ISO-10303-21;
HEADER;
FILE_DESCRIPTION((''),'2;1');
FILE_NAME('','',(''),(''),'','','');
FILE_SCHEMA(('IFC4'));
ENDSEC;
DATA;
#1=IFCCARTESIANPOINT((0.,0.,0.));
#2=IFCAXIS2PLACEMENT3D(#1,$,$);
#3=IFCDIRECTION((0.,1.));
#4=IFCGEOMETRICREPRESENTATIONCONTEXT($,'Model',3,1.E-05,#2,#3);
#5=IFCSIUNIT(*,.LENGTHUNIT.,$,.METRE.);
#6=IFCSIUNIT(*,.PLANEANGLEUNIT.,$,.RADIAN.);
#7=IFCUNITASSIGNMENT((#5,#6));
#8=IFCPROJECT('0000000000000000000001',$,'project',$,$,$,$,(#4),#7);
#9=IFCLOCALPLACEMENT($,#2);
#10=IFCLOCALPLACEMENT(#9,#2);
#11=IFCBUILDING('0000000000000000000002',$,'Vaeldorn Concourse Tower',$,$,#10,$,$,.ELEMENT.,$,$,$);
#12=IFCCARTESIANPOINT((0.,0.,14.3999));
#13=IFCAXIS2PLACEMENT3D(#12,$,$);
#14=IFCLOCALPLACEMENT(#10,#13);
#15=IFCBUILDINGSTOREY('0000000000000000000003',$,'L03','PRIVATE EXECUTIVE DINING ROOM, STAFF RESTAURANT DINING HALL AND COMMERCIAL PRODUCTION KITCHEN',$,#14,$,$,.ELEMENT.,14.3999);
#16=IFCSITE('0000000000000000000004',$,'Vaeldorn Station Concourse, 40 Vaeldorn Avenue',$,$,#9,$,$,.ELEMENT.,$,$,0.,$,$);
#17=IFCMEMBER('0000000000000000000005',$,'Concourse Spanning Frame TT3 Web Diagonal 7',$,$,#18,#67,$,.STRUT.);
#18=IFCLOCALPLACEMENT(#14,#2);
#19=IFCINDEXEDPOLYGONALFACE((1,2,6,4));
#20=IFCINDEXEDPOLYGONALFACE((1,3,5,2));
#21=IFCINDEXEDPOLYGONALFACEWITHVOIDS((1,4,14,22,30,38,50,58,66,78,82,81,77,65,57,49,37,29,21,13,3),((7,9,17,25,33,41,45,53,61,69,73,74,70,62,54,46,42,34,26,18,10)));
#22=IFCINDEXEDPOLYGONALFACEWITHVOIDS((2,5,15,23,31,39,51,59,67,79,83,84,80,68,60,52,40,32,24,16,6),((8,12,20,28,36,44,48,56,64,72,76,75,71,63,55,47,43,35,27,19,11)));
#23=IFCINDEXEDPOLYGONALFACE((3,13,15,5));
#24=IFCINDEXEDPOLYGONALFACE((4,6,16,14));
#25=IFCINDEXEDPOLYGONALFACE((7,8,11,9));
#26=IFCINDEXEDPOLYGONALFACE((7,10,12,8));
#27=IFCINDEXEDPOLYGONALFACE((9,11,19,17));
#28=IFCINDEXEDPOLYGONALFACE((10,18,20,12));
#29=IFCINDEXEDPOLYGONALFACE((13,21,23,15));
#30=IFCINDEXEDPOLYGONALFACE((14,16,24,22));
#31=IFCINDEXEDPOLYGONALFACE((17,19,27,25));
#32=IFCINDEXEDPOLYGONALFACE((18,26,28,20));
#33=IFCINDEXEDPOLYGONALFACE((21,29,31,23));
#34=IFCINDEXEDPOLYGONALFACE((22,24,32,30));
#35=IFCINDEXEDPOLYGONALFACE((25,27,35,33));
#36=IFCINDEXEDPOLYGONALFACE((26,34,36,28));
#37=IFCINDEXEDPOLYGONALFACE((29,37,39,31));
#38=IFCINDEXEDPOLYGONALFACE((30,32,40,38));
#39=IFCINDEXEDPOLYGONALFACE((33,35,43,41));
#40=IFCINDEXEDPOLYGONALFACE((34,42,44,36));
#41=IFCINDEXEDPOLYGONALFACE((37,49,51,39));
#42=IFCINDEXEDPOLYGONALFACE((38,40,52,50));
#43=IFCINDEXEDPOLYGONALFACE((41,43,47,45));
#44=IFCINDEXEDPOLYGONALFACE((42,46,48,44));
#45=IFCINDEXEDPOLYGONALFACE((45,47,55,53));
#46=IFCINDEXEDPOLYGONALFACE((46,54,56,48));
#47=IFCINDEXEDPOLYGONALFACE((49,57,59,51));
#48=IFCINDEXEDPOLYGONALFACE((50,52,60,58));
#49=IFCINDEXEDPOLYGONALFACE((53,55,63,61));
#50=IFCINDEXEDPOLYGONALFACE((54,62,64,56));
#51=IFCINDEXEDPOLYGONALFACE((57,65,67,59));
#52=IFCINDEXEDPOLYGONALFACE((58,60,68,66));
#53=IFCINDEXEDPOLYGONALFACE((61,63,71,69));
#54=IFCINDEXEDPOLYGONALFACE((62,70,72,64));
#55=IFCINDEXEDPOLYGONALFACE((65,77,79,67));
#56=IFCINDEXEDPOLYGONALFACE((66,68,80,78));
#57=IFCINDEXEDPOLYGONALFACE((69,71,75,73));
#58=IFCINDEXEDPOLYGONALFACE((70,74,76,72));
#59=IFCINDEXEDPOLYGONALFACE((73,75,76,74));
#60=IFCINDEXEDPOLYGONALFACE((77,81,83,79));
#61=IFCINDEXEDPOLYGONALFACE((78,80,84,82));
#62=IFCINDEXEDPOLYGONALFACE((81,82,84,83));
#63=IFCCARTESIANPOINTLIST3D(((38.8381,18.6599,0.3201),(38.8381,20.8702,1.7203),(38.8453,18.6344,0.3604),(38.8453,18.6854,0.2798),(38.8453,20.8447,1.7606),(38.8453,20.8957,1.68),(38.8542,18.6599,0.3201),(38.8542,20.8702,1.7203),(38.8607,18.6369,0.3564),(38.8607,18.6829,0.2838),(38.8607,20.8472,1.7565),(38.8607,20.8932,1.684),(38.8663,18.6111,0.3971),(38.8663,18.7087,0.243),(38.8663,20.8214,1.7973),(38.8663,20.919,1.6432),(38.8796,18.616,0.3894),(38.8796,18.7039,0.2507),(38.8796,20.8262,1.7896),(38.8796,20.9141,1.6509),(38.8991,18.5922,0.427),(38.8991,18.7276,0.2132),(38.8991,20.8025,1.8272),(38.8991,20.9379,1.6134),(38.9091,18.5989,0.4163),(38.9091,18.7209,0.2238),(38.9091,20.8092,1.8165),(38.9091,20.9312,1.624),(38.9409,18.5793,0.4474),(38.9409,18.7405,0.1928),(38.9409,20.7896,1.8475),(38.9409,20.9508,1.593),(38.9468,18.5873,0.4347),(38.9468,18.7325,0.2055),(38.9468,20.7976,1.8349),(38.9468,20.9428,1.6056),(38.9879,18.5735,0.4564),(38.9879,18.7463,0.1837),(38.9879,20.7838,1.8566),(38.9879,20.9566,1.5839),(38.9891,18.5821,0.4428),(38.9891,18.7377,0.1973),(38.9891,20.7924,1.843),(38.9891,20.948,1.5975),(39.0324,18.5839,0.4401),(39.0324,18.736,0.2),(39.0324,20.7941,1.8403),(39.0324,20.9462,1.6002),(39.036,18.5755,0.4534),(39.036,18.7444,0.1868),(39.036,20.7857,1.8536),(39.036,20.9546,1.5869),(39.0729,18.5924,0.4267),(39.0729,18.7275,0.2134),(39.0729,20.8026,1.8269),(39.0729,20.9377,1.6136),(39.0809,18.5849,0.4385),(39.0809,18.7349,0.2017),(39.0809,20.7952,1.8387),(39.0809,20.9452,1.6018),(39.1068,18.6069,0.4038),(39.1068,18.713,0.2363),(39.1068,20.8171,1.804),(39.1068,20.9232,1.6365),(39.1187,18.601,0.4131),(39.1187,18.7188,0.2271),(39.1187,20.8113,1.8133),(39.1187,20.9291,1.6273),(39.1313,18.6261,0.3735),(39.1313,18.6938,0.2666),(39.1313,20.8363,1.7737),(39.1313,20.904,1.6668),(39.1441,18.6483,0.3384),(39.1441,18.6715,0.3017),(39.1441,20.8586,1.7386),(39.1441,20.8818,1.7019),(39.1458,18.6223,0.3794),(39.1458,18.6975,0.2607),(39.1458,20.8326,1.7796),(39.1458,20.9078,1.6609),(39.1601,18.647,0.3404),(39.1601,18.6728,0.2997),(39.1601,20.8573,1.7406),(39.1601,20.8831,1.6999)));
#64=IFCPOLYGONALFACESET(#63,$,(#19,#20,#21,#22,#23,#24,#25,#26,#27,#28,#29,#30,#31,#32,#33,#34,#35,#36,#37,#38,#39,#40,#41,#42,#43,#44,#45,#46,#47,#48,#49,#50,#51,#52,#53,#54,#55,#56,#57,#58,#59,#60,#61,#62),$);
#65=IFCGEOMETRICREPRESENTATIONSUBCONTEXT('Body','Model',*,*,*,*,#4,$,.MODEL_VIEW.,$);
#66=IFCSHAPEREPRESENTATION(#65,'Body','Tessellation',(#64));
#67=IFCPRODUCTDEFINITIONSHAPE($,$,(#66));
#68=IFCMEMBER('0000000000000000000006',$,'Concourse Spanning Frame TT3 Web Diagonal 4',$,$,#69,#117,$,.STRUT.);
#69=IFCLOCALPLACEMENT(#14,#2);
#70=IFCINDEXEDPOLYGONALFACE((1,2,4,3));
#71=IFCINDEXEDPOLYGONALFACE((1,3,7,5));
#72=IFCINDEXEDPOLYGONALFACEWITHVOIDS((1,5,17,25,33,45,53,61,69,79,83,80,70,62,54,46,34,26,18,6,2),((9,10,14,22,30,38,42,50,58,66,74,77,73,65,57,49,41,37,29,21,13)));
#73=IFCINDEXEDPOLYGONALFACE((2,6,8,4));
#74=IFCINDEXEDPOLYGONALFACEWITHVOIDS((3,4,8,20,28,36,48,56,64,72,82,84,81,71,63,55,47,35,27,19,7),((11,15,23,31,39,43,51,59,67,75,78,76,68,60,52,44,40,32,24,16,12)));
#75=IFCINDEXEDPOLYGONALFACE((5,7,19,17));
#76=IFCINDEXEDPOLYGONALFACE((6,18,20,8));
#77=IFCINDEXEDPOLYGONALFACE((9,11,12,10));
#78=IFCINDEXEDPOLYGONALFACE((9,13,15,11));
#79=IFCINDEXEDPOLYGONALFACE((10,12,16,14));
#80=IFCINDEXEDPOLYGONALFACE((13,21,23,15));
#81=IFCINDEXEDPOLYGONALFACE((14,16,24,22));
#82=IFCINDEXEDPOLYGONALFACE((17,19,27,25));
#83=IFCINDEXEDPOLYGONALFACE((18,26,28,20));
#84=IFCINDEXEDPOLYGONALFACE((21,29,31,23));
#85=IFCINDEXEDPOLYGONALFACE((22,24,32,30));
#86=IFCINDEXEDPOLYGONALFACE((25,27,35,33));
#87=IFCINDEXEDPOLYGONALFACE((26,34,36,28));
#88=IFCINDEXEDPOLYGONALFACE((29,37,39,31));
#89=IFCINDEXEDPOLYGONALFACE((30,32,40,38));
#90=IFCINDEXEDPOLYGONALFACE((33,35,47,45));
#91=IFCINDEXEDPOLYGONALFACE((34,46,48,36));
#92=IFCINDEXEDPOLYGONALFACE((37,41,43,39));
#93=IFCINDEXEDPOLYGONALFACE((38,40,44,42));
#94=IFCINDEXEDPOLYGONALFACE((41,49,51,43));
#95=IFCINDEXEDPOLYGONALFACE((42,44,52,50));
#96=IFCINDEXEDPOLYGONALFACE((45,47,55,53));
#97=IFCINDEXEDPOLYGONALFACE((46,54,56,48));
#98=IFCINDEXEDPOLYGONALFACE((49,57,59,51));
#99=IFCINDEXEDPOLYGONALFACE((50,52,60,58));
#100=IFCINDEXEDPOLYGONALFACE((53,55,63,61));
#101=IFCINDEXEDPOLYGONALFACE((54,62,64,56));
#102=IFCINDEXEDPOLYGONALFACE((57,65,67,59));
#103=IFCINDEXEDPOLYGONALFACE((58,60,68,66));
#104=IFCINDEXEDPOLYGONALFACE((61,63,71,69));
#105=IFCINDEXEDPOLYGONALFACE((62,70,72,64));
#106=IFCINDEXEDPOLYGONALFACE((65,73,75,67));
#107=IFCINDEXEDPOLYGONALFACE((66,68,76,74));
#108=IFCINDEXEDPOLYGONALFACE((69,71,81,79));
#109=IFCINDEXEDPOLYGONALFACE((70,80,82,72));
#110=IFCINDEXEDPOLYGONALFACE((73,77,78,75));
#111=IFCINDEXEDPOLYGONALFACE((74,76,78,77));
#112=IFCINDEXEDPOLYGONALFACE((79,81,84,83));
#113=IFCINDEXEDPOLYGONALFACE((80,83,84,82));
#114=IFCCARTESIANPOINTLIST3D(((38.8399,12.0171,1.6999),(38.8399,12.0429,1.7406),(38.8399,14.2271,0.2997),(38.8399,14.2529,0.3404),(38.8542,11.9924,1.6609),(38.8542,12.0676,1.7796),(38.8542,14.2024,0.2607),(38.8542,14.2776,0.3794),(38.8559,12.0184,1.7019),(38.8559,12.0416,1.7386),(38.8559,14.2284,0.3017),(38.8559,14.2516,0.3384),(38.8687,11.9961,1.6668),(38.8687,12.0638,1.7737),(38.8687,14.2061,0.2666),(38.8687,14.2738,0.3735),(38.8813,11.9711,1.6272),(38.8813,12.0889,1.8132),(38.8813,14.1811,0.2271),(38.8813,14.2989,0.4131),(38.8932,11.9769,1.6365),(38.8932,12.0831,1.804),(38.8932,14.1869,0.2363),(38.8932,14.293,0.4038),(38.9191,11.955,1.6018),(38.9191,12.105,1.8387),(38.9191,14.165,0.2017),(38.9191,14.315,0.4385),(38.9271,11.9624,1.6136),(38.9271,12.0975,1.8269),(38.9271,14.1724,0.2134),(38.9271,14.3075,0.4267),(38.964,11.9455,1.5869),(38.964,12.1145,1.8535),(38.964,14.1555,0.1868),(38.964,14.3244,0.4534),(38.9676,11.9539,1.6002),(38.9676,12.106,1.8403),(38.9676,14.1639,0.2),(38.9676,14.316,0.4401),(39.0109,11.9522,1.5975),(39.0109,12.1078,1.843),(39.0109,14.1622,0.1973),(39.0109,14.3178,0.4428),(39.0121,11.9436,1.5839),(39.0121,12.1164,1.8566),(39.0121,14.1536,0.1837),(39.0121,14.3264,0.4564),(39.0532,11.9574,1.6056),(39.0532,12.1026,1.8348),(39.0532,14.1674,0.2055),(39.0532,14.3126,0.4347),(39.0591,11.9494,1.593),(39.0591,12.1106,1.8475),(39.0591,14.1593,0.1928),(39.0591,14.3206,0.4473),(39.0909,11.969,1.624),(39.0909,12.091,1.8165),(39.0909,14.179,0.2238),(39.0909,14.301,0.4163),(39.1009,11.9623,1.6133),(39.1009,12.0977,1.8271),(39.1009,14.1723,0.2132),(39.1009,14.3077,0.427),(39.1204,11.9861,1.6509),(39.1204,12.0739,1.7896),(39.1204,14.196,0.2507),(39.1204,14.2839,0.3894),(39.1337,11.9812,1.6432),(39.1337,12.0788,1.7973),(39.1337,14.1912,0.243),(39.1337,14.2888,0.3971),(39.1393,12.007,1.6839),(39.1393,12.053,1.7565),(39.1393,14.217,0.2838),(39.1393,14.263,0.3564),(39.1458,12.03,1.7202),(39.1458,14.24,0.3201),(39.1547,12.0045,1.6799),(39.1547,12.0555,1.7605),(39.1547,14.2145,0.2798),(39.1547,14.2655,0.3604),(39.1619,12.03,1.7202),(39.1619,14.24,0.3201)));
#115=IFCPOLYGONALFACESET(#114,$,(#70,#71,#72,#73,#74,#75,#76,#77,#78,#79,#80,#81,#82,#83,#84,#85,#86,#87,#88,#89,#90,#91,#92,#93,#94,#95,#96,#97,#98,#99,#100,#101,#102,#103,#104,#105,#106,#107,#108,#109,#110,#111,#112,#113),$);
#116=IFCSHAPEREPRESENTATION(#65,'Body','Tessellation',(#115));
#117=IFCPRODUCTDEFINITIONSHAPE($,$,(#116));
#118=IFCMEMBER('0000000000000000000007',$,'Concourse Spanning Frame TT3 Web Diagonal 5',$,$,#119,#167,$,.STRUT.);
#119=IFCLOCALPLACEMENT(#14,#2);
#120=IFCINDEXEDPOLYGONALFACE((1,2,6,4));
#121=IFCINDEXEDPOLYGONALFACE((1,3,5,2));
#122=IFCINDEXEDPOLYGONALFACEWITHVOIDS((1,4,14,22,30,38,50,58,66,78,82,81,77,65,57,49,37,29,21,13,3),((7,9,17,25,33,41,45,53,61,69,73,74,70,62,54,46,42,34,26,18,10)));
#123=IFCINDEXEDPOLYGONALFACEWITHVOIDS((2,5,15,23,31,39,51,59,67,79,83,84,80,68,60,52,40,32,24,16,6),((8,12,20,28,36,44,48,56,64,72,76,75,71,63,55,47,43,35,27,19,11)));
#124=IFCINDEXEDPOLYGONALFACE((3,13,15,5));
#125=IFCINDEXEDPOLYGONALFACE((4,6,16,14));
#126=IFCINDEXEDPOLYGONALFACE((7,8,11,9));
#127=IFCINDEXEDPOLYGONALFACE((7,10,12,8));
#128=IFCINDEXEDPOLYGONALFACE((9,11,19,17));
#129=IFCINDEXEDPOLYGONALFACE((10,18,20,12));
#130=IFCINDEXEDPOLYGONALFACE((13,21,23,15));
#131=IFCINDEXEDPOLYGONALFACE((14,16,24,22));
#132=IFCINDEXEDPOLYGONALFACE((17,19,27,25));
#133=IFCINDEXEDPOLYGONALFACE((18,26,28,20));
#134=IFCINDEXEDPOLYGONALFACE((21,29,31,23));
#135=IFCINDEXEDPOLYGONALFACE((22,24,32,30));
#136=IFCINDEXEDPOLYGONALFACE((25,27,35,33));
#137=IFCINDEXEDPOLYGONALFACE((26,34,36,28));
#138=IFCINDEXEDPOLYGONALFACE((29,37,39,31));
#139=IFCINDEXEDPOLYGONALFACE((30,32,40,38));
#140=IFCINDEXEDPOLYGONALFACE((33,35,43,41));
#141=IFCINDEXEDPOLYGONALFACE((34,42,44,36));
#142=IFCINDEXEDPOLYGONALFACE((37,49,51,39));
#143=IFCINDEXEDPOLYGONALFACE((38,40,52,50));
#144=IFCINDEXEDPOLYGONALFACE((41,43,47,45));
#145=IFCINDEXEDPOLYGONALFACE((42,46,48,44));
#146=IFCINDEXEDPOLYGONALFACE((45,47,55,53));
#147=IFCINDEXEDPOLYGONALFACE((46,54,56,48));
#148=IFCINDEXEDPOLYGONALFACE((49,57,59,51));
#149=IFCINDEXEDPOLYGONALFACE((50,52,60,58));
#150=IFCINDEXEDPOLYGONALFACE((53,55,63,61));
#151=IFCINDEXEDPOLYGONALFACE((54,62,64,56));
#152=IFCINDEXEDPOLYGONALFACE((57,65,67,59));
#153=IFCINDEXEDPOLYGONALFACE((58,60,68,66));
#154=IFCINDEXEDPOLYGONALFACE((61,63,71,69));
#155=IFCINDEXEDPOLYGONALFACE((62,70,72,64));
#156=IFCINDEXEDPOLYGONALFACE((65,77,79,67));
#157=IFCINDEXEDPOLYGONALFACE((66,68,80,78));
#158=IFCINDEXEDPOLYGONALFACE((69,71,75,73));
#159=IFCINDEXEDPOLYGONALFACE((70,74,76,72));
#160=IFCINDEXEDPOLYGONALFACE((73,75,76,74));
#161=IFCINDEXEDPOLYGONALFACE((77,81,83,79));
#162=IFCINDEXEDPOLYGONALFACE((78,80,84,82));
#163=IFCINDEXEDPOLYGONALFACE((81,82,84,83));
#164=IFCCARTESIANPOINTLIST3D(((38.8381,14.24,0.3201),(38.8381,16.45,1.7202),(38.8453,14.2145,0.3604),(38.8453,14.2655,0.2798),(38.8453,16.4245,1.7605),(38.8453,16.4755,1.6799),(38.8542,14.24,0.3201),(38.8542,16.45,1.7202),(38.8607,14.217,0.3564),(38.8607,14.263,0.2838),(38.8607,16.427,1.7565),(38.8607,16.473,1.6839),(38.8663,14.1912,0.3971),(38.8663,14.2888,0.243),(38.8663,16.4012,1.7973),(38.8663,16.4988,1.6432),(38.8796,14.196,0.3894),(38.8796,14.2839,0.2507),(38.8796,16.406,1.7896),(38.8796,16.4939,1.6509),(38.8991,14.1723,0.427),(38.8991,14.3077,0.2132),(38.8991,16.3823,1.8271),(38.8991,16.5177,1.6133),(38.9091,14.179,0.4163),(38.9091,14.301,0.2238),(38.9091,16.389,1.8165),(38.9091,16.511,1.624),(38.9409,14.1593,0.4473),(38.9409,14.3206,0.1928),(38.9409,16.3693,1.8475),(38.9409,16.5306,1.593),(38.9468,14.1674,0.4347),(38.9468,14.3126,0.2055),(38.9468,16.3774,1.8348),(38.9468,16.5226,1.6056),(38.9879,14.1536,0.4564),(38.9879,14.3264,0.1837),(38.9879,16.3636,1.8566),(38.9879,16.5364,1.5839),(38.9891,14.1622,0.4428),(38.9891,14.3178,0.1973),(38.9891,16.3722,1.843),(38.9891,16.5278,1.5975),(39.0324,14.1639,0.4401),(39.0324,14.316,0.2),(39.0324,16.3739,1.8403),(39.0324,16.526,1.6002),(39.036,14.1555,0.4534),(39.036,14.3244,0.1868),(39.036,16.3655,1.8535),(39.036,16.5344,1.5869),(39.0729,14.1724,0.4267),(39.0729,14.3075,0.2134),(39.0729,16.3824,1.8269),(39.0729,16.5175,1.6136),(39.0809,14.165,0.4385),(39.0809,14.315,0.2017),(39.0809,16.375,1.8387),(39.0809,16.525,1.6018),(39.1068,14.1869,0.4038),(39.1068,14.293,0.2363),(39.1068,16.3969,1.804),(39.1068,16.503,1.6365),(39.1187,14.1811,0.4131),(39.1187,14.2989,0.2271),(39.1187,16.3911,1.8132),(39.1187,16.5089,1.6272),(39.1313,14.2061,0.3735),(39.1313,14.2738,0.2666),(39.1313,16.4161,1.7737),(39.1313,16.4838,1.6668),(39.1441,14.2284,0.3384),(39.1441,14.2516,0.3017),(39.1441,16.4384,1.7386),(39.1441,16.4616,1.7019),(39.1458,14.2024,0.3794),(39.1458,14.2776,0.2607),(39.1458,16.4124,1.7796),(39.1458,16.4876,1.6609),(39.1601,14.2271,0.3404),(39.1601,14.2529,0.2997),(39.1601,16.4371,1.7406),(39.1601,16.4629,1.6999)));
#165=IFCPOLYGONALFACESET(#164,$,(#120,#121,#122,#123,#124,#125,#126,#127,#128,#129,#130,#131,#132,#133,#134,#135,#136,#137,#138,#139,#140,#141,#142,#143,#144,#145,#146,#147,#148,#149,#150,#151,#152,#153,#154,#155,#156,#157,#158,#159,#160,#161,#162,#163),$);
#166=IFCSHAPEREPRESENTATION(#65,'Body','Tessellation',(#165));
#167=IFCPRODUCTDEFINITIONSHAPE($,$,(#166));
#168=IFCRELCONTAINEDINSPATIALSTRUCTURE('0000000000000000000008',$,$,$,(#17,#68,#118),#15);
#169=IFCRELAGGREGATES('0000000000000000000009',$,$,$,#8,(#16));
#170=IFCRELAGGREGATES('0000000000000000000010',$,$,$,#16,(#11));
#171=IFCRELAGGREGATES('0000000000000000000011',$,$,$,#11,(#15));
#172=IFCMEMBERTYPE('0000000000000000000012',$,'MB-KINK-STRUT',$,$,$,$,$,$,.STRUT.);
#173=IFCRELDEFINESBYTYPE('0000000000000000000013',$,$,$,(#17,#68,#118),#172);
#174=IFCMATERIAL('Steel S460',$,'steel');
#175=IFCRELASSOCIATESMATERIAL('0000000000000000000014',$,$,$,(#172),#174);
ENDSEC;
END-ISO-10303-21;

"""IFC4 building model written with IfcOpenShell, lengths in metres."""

from ifc_helpers import new_model, si_unit, direction, frame, origin, origin_2d, place, context, subcontext, project, spatial, hollow_circle, extrude, source, transform, mapped, material, material_profile, profile_set, type_object, element, save


model = new_model("IFC4")

# Units and contexts
model_context = context("Model", 3, precision=1e-05, world=origin(), true_north=direction((0.0, 1.0)))
body_context = subcontext(model_context, "Body", "Model", "MODEL_VIEW")
ifc_project = project(units=[si_unit("LENGTHUNIT", "METRE"), si_unit("PLANEANGLEUNIT", "RADIAN")], contexts=[model_context])

# Site, building, storey
site_placement = place(None, origin())
site = spatial("IfcSite", under=ifc_project, at=site_placement, Name="Vaeldorn Station Concourse, 40 Vaeldorn Avenue", CompositionType="ELEMENT", RefElevation=0.0)
building_placement = place(site_placement, origin())
building = spatial("IfcBuilding", under=site, at=building_placement, Name="Vaeldorn Concourse Tower", CompositionType="ELEMENT")
storey_placement = place(building_placement, frame((0.0, 0.0, 14.3999)))
storey = spatial("IfcBuildingStorey", under=building, at=storey_placement, Name="L03", Description="PRIVATE EXECUTIVE DINING ROOM, STAFF RESTAURANT DINING HALL AND COMMERCIAL PRODUCTION KITCHEN", CompositionType="ELEMENT", Elevation=14.3999)

# Shared definitions
ifc_material = material(Name="Steel S460", Category="steel")

# Members
ifc_material_profile_1 = material_profile(ifc_material, hollow_circle(Radius=0.1619, WallThickness=0.0161, at=origin_2d()), Name="CHS 323.9x16")
ifc_profile_set_1 = profile_set([ifc_material_profile_1], Name="Steel S460")
member_type = type_object("IfcMemberType", Name="MB-KINK-STRUT", PredefinedType="STRUT", material=ifc_profile_set_1)
shared_shape_1 = source(origin(), body_context, "Body", "SweptSolid", [
    extrude(hollow_circle(Radius=0.1619, WallThickness=0.0161, at=origin_2d()), origin(), (0.0, 0.0, 1.0), 2.6165),
])
member_1_placement = place(storey_placement, frame((39.0, 18.6599, 0.3201), z_axis=(0.0, 0.844759, 0.535148), x_axis=(-1.0, 0.0, 0.0)))
element("IfcMember", 1, at=member_1_placement, inside=storey, type_object=member_type, Name="Concourse Spanning Frame TT3 Web Diagonal 7", PredefinedType="STRUT", context=body_context, shape_type="MappedRepresentation", body=[
    mapped(shared_shape_1, transform((0.0, 0.0, 0.0), scale=1.0)),
])
shared_shape_2 = source(origin(), body_context, "Body", "SweptSolid", [
    extrude(hollow_circle(Radius=0.1619, WallThickness=0.0161, at=origin_2d()), origin(), (0.0, 0.0, 1.0), 2.6162),
])
for number, where, z_axis, x_axis, name in (
    (2, (39.0, 14.24, 0.3201), (0.0, -0.844732, 0.53519), (1.0, 0.0, 0.0), "Concourse Spanning Frame TT3 Web Diagonal 4"),
    (3, (39.0, 14.24, 0.3201), (0.0, 0.844732, 0.53519), (-1.0, 0.0, 0.0), "Concourse Spanning Frame TT3 Web Diagonal 5"),
):
    element("IfcMember", number, at=place(storey_placement, frame(where, z_axis=z_axis, x_axis=x_axis)), inside=storey, type_object=member_type, Name=name, PredefinedType="STRUT", context=body_context, shape_type="MappedRepresentation", body=[
        mapped(shared_shape_2, transform((0.0, 0.0, 0.0), scale=1.0)),
    ])

save(model, "model.ifc")
